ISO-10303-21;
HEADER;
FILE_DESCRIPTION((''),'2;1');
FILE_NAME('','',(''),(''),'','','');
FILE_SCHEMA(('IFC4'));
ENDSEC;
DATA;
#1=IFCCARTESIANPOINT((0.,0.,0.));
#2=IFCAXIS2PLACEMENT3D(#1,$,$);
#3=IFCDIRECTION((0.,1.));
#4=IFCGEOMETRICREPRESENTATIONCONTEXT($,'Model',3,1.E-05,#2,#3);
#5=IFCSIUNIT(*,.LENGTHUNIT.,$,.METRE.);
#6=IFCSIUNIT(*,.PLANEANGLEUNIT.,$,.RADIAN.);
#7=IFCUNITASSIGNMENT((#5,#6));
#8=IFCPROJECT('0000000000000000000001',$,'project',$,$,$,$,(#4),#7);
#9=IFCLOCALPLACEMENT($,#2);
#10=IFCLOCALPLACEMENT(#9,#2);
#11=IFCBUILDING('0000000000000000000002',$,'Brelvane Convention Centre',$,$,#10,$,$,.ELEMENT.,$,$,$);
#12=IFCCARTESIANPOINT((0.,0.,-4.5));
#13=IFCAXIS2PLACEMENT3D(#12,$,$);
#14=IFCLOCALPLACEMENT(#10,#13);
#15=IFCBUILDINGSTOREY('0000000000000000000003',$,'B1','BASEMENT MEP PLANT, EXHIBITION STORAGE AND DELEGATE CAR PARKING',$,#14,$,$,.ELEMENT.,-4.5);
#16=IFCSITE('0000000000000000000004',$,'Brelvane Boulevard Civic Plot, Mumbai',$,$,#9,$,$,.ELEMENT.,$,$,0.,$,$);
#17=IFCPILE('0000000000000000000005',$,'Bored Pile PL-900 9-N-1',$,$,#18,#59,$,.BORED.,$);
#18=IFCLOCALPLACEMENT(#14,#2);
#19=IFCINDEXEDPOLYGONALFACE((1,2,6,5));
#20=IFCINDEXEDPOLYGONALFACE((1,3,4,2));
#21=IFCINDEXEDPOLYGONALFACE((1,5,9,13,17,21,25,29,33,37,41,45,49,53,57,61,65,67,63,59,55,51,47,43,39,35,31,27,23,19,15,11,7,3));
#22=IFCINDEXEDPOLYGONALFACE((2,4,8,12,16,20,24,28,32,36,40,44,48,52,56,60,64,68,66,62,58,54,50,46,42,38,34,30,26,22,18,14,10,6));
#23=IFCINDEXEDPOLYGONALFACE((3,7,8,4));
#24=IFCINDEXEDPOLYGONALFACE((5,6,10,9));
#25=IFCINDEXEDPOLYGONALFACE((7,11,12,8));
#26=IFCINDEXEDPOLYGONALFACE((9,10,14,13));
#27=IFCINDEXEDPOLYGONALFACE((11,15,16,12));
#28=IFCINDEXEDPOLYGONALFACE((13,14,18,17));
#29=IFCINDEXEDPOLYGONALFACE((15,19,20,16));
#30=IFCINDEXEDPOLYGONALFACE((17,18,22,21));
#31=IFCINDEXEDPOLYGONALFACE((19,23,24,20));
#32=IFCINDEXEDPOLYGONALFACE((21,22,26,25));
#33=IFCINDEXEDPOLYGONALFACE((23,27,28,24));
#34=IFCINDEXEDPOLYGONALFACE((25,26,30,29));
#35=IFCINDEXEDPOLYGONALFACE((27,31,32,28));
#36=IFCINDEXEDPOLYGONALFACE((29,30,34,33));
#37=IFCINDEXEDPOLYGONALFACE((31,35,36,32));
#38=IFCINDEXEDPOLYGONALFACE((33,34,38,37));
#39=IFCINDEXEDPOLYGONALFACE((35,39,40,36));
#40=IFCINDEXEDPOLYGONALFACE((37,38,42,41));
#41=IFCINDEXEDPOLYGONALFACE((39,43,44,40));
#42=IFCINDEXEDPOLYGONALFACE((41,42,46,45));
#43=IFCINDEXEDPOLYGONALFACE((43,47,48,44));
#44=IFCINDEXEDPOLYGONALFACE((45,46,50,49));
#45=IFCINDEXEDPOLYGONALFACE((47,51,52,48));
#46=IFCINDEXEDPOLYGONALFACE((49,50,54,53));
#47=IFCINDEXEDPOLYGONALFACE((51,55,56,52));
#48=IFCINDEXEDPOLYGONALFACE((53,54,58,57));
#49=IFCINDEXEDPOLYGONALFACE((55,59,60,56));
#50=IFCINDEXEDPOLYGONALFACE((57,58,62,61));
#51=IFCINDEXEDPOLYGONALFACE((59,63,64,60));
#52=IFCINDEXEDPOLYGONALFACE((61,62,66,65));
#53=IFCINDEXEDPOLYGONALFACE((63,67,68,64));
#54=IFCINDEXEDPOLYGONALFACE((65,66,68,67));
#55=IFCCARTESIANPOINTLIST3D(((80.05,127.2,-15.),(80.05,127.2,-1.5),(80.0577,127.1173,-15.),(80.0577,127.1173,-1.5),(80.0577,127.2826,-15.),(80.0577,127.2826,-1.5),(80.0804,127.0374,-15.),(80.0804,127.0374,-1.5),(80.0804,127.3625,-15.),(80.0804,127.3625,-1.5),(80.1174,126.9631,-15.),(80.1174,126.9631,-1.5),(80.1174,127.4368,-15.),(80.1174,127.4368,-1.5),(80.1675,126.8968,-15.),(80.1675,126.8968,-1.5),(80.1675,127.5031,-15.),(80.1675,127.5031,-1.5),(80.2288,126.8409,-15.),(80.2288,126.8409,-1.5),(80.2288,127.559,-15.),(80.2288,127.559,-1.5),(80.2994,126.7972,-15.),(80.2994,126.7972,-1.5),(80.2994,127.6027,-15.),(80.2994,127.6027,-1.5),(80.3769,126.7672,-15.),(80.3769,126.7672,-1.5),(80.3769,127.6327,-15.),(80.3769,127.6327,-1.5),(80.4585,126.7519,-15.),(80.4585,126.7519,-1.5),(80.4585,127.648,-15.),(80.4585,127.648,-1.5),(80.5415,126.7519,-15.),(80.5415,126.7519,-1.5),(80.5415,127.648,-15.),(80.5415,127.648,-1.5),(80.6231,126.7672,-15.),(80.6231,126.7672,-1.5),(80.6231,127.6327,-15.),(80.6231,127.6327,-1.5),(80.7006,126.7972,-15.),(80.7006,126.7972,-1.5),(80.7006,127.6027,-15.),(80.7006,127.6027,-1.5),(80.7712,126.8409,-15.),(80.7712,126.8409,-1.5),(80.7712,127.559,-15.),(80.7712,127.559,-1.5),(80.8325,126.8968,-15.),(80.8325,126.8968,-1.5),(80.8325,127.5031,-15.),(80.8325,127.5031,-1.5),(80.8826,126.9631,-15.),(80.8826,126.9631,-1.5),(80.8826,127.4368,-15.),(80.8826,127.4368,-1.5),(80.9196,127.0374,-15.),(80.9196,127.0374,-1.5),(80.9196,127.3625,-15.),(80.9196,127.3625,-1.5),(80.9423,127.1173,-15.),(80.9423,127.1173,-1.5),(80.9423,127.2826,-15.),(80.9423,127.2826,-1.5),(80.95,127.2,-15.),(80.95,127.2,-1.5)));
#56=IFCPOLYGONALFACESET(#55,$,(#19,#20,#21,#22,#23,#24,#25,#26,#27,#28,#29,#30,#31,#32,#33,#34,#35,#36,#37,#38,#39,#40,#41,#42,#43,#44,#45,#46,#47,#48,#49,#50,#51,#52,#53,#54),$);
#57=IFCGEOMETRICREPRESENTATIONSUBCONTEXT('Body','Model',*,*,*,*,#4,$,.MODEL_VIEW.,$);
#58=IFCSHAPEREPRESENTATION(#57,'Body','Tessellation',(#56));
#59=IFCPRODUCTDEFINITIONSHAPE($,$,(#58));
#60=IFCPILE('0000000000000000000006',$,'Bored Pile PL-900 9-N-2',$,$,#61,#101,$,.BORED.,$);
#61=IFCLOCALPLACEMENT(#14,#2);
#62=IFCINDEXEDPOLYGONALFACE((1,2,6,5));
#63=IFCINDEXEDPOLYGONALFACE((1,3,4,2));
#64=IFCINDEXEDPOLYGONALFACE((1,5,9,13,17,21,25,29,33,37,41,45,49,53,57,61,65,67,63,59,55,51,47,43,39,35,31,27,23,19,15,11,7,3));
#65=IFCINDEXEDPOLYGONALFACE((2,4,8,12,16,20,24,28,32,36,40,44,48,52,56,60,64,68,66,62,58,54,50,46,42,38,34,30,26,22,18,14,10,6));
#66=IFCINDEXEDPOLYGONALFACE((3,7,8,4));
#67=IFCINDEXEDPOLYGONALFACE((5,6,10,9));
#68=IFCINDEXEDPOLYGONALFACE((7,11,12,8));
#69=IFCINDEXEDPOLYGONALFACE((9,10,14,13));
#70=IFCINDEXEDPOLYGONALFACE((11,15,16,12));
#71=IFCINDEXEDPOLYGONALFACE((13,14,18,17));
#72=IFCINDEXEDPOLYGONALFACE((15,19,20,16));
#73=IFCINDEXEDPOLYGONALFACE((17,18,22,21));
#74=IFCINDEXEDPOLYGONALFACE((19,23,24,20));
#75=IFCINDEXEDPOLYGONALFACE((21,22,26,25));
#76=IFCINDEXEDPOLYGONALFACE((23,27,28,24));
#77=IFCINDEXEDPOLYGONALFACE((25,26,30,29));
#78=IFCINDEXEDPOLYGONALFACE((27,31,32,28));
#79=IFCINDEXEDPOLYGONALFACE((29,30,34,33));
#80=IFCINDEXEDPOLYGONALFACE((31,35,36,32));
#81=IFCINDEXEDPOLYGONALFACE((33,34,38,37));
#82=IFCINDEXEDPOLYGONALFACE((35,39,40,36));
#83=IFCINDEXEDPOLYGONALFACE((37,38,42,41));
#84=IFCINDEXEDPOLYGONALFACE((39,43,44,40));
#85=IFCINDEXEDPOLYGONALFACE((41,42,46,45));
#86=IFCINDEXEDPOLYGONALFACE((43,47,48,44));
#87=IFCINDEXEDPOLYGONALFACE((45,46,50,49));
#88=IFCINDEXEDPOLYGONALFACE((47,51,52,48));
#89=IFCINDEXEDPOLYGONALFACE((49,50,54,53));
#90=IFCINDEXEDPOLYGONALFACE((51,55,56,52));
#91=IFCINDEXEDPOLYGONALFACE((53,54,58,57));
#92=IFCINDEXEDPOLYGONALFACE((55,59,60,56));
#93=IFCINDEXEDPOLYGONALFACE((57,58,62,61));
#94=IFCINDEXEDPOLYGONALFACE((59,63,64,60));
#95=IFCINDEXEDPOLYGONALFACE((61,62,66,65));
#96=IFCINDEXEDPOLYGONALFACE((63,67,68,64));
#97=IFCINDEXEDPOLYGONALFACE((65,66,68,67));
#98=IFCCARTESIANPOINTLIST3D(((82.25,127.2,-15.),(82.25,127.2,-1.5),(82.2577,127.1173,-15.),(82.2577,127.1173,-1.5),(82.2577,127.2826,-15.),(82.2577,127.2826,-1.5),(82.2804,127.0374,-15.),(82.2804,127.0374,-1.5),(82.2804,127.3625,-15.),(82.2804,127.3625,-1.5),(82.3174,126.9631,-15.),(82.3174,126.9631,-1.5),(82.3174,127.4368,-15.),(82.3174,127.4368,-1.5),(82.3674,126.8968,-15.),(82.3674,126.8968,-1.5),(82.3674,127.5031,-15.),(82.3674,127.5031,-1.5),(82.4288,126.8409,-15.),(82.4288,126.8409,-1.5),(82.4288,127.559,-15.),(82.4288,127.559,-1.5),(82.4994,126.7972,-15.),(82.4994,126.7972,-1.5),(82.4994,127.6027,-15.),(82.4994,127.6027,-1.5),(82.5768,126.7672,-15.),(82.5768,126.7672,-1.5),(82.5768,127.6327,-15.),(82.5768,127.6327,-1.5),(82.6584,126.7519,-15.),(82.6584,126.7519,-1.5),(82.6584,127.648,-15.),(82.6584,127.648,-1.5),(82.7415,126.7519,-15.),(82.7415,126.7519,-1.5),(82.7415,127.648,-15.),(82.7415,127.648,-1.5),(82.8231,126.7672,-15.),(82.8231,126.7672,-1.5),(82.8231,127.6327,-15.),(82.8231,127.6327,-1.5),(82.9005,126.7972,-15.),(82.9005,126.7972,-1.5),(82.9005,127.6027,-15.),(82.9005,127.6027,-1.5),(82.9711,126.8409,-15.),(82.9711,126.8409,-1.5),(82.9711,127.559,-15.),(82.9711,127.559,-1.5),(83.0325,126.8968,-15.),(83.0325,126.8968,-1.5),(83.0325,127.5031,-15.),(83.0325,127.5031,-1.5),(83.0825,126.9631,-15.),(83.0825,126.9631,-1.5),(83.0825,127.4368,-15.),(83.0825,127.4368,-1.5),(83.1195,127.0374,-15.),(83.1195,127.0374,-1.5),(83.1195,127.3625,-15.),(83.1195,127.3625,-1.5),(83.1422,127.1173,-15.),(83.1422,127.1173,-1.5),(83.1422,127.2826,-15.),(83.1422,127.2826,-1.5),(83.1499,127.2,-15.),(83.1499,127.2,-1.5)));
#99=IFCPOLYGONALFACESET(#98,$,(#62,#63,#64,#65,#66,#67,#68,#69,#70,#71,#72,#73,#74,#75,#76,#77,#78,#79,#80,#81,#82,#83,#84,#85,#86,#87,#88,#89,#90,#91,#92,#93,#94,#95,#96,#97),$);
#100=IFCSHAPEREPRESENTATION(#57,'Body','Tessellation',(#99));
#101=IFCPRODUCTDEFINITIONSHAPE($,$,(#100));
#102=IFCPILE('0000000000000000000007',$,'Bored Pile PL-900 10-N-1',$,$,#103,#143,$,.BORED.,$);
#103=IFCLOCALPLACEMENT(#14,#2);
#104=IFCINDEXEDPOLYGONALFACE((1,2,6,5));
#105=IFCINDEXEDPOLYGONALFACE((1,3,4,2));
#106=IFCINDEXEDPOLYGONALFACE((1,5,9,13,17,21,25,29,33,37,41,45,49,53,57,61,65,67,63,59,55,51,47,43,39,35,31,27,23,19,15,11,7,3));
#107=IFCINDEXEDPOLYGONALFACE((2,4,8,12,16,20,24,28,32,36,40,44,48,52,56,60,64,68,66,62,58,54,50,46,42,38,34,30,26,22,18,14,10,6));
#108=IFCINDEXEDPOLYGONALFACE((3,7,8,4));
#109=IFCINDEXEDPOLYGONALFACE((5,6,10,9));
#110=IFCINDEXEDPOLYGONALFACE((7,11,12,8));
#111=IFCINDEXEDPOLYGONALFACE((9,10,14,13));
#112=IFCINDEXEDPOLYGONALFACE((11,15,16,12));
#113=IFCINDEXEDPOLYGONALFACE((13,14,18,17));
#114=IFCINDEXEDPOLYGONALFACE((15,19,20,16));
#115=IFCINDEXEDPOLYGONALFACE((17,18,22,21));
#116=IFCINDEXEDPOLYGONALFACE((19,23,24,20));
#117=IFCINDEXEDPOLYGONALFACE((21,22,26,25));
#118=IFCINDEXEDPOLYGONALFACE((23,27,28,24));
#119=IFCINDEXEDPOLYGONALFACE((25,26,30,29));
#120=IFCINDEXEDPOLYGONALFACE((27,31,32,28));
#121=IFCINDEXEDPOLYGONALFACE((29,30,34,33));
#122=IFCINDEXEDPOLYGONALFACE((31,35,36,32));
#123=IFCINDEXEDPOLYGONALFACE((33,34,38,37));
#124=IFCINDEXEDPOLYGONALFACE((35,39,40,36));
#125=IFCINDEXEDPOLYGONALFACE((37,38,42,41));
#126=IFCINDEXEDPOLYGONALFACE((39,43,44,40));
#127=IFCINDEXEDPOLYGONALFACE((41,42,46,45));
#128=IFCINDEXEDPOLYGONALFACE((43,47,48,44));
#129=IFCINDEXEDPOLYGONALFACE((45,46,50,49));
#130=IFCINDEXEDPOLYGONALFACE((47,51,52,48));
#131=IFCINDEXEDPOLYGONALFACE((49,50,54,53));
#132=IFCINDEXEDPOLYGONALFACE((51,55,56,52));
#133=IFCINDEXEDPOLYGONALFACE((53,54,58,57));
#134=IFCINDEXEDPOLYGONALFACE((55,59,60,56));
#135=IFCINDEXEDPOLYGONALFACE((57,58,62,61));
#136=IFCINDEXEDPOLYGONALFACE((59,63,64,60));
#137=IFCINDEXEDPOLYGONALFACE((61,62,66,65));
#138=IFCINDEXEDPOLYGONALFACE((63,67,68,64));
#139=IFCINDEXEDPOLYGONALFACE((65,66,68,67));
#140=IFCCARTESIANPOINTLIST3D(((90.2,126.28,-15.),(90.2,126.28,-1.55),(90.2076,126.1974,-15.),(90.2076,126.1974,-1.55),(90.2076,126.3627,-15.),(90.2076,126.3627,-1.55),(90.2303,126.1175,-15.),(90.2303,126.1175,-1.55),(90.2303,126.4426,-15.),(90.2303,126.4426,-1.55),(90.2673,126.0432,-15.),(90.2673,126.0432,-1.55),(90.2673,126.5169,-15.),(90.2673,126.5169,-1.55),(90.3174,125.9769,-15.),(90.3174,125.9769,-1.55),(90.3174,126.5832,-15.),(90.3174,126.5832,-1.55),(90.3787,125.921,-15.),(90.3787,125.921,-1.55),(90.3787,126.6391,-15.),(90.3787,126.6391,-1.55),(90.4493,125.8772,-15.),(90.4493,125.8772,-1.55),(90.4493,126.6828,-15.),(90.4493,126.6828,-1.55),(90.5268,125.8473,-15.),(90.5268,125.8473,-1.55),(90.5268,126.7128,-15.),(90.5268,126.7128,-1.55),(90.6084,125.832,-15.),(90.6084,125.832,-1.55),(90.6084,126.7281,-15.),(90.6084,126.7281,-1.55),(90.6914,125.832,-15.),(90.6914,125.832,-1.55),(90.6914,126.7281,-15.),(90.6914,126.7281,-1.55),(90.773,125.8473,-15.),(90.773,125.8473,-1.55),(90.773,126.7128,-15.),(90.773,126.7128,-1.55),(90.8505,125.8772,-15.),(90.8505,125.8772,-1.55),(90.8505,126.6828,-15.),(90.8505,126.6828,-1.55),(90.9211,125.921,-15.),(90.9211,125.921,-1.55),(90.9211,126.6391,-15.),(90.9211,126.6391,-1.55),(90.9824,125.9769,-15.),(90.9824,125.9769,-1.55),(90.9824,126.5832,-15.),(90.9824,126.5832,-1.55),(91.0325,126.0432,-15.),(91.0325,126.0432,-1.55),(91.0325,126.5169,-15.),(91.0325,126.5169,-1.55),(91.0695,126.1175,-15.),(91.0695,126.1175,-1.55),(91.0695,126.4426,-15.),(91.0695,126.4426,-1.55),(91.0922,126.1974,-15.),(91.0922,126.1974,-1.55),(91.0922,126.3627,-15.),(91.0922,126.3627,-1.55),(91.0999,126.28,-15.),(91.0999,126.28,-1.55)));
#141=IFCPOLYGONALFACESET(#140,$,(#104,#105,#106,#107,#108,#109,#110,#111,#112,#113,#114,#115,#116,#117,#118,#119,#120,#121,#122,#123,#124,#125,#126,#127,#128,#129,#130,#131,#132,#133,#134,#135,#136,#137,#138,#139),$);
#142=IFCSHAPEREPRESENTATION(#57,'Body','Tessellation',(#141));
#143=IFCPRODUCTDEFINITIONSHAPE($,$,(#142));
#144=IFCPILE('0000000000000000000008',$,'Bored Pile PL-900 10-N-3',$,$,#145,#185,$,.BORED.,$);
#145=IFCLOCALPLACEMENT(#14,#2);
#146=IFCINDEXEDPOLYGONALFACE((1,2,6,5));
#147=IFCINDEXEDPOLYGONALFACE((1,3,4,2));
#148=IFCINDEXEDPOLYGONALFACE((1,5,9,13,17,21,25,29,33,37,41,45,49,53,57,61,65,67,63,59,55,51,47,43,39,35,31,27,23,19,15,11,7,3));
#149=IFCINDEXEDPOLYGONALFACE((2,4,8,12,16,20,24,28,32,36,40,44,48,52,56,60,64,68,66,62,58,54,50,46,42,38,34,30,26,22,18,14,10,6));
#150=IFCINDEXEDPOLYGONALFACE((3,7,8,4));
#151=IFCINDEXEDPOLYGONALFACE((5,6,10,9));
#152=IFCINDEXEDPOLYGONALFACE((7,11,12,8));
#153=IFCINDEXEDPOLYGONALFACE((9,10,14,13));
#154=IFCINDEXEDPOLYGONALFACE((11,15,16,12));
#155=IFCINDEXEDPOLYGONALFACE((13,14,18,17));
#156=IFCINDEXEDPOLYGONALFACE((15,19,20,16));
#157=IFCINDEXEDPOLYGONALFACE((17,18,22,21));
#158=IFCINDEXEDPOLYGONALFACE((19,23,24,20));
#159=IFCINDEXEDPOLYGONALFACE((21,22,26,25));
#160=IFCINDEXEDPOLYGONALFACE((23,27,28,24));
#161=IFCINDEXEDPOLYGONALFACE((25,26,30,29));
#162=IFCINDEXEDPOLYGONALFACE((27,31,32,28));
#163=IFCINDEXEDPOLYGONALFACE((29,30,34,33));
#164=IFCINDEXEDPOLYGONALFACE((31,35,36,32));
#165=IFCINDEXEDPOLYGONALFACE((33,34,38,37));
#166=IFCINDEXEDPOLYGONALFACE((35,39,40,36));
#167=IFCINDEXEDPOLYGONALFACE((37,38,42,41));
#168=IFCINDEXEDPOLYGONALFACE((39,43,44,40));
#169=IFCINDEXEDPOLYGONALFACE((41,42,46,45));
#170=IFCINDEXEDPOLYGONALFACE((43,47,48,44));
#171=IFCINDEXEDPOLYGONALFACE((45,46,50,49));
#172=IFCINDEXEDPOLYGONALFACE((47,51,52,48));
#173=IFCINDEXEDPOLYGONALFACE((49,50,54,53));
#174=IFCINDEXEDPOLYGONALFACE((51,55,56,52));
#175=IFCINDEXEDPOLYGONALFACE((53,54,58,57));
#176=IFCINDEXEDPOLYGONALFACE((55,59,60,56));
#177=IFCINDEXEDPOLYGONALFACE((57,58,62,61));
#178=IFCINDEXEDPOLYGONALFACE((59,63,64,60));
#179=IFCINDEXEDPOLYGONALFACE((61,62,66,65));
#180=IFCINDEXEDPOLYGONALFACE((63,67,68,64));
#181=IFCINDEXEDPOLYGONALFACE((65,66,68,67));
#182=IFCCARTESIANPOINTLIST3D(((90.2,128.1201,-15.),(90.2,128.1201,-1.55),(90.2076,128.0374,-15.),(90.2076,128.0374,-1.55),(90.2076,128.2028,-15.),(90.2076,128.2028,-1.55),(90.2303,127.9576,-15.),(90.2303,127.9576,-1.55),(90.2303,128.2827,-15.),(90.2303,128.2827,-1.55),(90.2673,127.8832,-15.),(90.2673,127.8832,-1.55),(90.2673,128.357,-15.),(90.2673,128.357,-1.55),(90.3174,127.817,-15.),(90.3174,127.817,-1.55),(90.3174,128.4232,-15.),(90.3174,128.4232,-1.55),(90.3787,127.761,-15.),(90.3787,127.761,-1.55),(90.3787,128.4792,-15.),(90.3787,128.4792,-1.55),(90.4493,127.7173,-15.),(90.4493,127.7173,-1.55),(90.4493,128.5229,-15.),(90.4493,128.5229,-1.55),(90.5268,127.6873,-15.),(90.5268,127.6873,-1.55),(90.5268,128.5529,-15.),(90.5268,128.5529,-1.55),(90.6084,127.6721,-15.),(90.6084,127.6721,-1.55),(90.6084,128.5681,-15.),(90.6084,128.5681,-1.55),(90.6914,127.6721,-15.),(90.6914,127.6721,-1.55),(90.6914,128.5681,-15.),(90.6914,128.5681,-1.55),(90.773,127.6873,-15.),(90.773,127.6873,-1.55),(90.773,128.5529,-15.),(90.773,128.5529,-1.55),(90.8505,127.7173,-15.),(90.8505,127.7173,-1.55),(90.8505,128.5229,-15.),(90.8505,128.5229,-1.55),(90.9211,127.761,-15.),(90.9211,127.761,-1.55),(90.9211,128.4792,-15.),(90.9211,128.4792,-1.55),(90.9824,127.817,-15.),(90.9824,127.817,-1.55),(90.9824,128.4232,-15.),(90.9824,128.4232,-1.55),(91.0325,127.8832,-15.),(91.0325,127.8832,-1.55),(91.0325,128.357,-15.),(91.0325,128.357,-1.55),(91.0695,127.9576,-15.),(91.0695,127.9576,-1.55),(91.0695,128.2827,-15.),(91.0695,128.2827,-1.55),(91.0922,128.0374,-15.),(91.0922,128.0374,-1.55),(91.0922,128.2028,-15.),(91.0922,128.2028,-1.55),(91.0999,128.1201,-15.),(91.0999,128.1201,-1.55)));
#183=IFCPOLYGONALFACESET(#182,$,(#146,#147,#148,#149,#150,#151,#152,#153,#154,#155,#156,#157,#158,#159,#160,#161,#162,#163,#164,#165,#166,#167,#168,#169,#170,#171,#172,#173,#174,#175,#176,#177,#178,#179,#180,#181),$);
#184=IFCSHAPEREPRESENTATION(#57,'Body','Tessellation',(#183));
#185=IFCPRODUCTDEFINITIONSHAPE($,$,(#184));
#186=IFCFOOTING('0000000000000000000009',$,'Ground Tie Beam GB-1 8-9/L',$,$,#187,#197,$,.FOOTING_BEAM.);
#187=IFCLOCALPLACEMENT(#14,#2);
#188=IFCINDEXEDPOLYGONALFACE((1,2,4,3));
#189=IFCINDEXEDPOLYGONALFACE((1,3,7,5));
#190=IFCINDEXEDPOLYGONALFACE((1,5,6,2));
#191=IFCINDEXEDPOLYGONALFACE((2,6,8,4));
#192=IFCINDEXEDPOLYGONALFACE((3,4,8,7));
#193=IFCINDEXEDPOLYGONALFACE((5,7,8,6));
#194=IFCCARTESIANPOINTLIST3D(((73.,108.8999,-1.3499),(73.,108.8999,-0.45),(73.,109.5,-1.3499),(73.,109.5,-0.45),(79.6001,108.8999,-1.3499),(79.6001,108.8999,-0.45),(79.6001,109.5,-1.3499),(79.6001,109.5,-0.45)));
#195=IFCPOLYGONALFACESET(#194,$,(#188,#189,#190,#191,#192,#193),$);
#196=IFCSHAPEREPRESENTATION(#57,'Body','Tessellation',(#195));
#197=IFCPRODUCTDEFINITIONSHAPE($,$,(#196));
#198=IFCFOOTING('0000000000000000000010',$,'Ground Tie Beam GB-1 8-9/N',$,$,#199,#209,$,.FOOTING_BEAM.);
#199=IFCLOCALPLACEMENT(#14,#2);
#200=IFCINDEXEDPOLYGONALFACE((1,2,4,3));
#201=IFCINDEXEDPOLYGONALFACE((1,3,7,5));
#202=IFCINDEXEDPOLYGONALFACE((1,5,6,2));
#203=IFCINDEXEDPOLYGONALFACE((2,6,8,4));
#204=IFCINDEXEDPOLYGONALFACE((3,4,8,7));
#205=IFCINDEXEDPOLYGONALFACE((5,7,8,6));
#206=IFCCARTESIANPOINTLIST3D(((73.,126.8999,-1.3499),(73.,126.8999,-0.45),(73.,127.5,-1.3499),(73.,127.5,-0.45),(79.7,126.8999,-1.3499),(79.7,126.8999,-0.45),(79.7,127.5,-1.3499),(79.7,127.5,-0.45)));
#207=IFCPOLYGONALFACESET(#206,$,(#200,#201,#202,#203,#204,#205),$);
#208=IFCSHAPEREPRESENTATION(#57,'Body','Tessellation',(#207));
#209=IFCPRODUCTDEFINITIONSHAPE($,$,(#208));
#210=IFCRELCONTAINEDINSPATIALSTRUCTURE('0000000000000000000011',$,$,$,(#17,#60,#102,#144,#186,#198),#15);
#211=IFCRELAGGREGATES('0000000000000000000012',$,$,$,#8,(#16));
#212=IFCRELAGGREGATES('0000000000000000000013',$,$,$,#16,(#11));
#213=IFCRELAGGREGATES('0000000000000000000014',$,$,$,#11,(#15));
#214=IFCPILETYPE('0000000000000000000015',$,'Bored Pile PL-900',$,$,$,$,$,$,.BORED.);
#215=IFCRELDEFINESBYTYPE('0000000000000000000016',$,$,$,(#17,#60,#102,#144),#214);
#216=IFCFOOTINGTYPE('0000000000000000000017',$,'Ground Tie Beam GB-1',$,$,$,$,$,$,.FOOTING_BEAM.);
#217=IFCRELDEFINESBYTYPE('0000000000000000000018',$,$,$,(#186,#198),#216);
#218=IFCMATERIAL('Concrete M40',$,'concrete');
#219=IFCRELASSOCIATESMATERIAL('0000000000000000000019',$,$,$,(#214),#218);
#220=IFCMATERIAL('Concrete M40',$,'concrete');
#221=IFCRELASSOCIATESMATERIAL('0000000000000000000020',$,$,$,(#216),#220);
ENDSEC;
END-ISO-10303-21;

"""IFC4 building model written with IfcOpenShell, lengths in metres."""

from ifc_helpers import new_model, si_unit, direction, frame, origin, origin_2d, place, context, subcontext, project, spatial, rectangle, circle, extrude, material, material_profile, profile_set, type_object, element, save


model = new_model("IFC4")

# Units and contexts
model_context = context("Model", 3, precision=1e-05, world=origin(), true_north=direction((0.0, 1.0)))
body_context = subcontext(model_context, "Body", "Model", "MODEL_VIEW")
ifc_project = project(units=[si_unit("LENGTHUNIT", "METRE"), si_unit("PLANEANGLEUNIT", "RADIAN")], contexts=[model_context])

# Site, building, storey
site_placement = place(None, origin())
site = spatial("IfcSite", under=ifc_project, at=site_placement, Name="Brelvane Boulevard Civic Plot, Mumbai", CompositionType="ELEMENT", RefElevation=0.0)
building_placement = place(site_placement, origin())
building = spatial("IfcBuilding", under=site, at=building_placement, Name="Brelvane Convention Centre", CompositionType="ELEMENT")
storey_placement = place(building_placement, frame((0.0, 0.0, -4.5)))
storey = spatial("IfcBuildingStorey", under=building, at=storey_placement, Name="B1", Description="BASEMENT MEP PLANT, EXHIBITION STORAGE AND DELEGATE CAR PARKING", CompositionType="ELEMENT", Elevation=-4.5)

# Piles
ifc_material_1 = material(Name="Concrete M40", Category="concrete")
ifc_material_profile_1 = material_profile(ifc_material_1, circle(Radius=0.45, at=origin_2d()), Name="PILE D900")
ifc_profile_set_1 = profile_set([ifc_material_profile_1], Name="Concrete M40")
pile_type = type_object("IfcPileType", Name="Bored Pile PL-900", PredefinedType="BORED", material=ifc_profile_set_1)
for number, where, z_axis, x_axis, name in (
    (1, (80.5, 127.2, -1.5), (0.0, 0.0, -1.0), (1.0, 0.0, 0.0), "Bored Pile PL-900 9-N-1"),
    (2, (82.7, 127.2, -1.5), (0.0, 0.0, -1.0), (1.0, 0.0, 0.0), "Bored Pile PL-900 9-N-2"),
):
    element("IfcPile", number, at=place(storey_placement, frame(where, z_axis=z_axis, x_axis=x_axis)), inside=storey, type_object=pile_type, Name=name, PredefinedType="BORED", context=body_context, shape_type="SweptSolid", body=[
        extrude(circle(Radius=0.45, at=origin_2d()), origin(), (0.0, 0.0, 1.0), 13.5),
    ])
for number, where, z_axis, x_axis, name in (
    (3, (90.6499, 126.28, -1.55), (0.0, 0.0, -1.0), (1.0, 0.0, 0.0), "Bored Pile PL-900 10-N-1"),
    (4, (90.6499, 128.1201, -1.55), (0.0, 0.0, -1.0), (1.0, 0.0, 0.0), "Bored Pile PL-900 10-N-3"),
):
    element("IfcPile", number, at=place(storey_placement, frame(where, z_axis=z_axis, x_axis=x_axis)), inside=storey, type_object=pile_type, Name=name, PredefinedType="BORED", context=body_context, shape_type="SweptSolid", body=[
        extrude(circle(Radius=0.45, at=origin_2d()), origin(), (0.0, 0.0, 1.0), 13.45),
    ])

# Footings
ifc_material_2 = material(Name="Concrete M40", Category="concrete")
ifc_material_profile_2 = material_profile(ifc_material_2, rectangle(XDim=0.6001, YDim=0.8999, at=origin_2d()), Name="RC 600x900")
ifc_profile_set_2 = profile_set([ifc_material_profile_2], Name="Concrete M40")
footing_type_1 = type_object("IfcFootingType", Name="Ground Tie Beam GB-1", PredefinedType="FOOTING_BEAM", material=ifc_profile_set_2)
footing_1_placement = place(storey_placement, frame((73.0, 109.2, -0.8999), z_axis=(1.0, 0.0, 0.0), x_axis=(0.0, 1.0, 0.0)))
element("IfcFooting", 5, at=footing_1_placement, inside=storey, type_object=footing_type_1, Name="Ground Tie Beam GB-1 8-9/L", PredefinedType="FOOTING_BEAM", context=body_context, shape_type="SweptSolid", body=[
    extrude(rectangle(XDim=0.6001, YDim=0.8999, at=origin_2d()), origin(), (0.0, 0.0, 1.0), 6.6001),
])
footing_2_placement = place(storey_placement, frame((73.0, 127.2, -0.8999), z_axis=(1.0, 0.0, 0.0), x_axis=(0.0, 1.0, 0.0)))
element("IfcFooting", 6, at=footing_2_placement, inside=storey, type_object=footing_type_1, Name="Ground Tie Beam GB-1 8-9/N", PredefinedType="FOOTING_BEAM", context=body_context, shape_type="SweptSolid", body=[
    extrude(rectangle(XDim=0.6001, YDim=0.8999, at=origin_2d()), origin(), (0.0, 0.0, 1.0), 6.7),
])

save(model, "model.ifc")
